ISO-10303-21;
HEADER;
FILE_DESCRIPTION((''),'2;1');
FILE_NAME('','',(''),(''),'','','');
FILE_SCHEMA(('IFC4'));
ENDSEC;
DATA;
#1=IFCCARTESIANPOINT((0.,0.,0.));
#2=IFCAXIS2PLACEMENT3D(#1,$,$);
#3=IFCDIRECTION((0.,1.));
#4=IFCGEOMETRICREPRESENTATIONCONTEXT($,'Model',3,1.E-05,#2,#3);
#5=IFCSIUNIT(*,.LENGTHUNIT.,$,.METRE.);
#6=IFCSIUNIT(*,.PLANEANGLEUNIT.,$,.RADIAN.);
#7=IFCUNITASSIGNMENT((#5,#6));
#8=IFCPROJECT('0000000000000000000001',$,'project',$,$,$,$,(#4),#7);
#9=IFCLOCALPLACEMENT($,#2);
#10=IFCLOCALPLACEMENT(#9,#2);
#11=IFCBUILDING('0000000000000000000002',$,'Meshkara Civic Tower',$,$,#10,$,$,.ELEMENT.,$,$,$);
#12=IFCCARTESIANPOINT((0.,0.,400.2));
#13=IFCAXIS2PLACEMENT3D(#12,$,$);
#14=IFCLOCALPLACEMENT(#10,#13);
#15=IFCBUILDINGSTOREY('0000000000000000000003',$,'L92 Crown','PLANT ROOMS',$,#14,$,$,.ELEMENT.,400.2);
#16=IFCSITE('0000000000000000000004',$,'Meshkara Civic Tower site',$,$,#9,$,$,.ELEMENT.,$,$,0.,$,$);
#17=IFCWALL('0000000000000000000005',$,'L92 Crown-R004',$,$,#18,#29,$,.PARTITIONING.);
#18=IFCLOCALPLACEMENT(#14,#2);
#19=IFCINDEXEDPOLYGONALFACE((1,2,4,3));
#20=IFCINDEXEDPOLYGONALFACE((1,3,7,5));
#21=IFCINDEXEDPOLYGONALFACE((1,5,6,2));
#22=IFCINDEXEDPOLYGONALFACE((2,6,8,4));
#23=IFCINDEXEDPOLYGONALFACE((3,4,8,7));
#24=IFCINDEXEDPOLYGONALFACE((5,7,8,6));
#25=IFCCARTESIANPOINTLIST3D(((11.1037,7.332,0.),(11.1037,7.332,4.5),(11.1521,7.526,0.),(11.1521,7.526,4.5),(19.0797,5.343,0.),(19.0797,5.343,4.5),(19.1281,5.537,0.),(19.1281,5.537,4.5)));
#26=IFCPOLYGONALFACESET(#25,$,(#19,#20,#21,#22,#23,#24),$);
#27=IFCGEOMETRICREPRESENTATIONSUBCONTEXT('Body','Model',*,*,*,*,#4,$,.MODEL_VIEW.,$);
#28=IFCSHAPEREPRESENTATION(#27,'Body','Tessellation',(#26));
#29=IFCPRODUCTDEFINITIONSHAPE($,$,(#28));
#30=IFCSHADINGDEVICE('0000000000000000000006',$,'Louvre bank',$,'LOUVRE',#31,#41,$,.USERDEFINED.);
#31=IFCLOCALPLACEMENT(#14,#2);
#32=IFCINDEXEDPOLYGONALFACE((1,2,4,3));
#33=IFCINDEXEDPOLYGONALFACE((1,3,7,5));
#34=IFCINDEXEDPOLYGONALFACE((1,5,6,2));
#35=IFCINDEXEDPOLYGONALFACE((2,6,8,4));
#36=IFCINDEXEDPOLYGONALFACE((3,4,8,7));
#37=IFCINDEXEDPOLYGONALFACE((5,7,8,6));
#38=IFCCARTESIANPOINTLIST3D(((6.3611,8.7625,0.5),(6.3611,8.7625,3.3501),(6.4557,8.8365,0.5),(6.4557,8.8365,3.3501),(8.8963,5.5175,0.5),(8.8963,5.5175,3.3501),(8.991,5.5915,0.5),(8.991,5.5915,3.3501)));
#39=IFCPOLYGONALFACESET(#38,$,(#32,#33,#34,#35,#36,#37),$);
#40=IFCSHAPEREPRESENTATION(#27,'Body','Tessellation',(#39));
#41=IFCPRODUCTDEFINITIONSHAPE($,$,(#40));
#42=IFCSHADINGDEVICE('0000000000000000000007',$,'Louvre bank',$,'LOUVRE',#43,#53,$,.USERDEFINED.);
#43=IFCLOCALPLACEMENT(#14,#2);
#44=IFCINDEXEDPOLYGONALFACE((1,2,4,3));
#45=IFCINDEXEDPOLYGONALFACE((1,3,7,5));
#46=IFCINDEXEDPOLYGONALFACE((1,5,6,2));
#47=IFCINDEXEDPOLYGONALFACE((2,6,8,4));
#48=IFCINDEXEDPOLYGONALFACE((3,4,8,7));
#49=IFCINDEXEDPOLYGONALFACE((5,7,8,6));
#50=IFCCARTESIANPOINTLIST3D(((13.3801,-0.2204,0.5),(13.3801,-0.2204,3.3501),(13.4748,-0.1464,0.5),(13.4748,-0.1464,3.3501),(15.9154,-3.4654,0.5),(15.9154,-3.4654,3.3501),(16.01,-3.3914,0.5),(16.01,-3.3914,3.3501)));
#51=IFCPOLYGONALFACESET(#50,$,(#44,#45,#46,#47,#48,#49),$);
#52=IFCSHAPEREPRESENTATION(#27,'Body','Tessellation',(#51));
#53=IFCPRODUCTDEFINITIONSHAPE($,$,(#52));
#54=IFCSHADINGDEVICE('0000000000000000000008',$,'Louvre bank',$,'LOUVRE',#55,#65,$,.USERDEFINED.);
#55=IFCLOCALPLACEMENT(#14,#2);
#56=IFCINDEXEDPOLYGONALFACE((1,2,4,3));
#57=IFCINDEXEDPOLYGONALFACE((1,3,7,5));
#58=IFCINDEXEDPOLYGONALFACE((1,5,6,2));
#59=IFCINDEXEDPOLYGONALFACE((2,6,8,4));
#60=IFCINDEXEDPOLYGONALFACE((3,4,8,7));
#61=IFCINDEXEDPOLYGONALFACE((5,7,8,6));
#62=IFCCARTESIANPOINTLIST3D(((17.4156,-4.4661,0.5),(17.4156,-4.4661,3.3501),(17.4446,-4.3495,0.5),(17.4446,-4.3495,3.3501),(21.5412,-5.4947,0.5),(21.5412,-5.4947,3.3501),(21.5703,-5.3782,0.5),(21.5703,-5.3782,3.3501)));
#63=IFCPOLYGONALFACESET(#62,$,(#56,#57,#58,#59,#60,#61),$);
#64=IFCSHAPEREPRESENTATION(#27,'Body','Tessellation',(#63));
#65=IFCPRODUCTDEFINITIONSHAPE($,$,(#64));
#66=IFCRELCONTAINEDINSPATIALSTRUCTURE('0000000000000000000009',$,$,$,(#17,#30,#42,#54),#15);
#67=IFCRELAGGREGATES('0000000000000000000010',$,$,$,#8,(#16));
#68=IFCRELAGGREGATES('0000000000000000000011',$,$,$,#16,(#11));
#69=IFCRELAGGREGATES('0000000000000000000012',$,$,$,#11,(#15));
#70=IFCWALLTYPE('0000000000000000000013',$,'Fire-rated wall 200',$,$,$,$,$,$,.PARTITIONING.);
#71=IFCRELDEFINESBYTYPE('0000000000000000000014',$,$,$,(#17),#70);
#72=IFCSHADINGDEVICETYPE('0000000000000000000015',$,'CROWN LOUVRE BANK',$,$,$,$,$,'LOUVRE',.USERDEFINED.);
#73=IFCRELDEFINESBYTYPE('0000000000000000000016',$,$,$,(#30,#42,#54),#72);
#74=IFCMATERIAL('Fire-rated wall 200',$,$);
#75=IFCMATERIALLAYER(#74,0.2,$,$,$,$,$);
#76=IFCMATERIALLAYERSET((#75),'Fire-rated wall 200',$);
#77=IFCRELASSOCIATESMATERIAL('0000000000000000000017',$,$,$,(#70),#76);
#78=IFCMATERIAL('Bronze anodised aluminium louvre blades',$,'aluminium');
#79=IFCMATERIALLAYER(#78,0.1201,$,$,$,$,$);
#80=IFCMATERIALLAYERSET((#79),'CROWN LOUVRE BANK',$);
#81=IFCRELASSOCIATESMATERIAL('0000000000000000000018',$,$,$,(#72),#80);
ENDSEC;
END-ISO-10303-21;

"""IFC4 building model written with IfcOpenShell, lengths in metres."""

from ifc_helpers import new_model, si_unit, direction, frame, frame_2d, origin, origin_2d, place, context, subcontext, project, spatial, rectangle, extrude, material, layer, layer_set, type_object, element, save


model = new_model("IFC4")

# Units and contexts
model_context = context("Model", 3, precision=1e-05, world=origin(), true_north=direction((0.0, 1.0)))
body_context = subcontext(model_context, "Body", "Model", "MODEL_VIEW")
ifc_project = project(units=[si_unit("LENGTHUNIT", "METRE"), si_unit("PLANEANGLEUNIT", "RADIAN")], contexts=[model_context])

# Site, building, storey
site_placement = place(None, origin())
site = spatial("IfcSite", under=ifc_project, at=site_placement, Name="Meshkara Civic Tower site", CompositionType="ELEMENT", RefElevation=0.0)
building_placement = place(site_placement, origin())
building = spatial("IfcBuilding", under=site, at=building_placement, Name="Meshkara Civic Tower", CompositionType="ELEMENT")
storey_placement = place(building_placement, frame((0.0, 0.0, 400.2)))
storey = spatial("IfcBuildingStorey", under=building, at=storey_placement, Name="L92 Crown", Description="PLANT ROOMS", CompositionType="ELEMENT", Elevation=400.2)

# Wall
ifc_material_1 = material(Name="Fire-rated wall 200")
ifc_layer_1 = layer(ifc_material_1, 0.2)
ifc_layer_set_1 = layer_set([ifc_layer_1], Name="Fire-rated wall 200")
wall_type_1 = type_object("IfcWallType", Name="Fire-rated wall 200", PredefinedType="PARTITIONING", material=ifc_layer_set_1)
wall_1_placement = place(storey_placement, frame((11.1279, 7.429, 0.0), z_axis=(0.0, 0.0, 1.0), x_axis=(0.970286, -0.241963, 0.0)))
element("IfcWall", 1, at=wall_1_placement, inside=storey, type_object=wall_type_1, Name="L92 Crown-R004", PredefinedType="PARTITIONING", context=body_context, shape_type="SweptSolid", body=[
    extrude(rectangle(XDim=8.2202, YDim=0.2, at=frame_2d((4.1101, 0.0))), origin(), (0.0, 0.0, 1.0), 4.5),
])

# Shading devices
ifc_material_2 = material(Name="Bronze anodised aluminium louvre blades", Category="aluminium")
ifc_layer_2 = layer(ifc_material_2, 0.1201)
ifc_layer_set_2 = layer_set([ifc_layer_2], Name="CROWN LOUVRE BANK")
shading_device_type = type_object("IfcShadingDeviceType", Name="CROWN LOUVRE BANK", ElementType="LOUVRE", PredefinedType="USERDEFINED", material=ifc_layer_set_2)
for number, where, z_axis, x_axis, name in (
    (2, (7.676, 7.177, 0.5), (0.0, 0.0, 1.0), (0.615661, -0.788011, 0.0), "Louvre bank"),
    (3, (14.6951, -1.8059, 0.5), (0.0, 0.0, 1.0), (0.615661, -0.788011, 0.0), "Louvre bank"),
):
    element("IfcShadingDevice", number, at=place(storey_placement, frame(where, z_axis=z_axis, x_axis=x_axis)), inside=storey, type_object=shading_device_type, Name=name, ObjectType="LOUVRE", PredefinedType="USERDEFINED", context=body_context, shape_type="SweptSolid", body=[
        extrude(rectangle(XDim=4.1179, YDim=0.1201, at=origin_2d()), origin(), (0.0, 0.0, 1.0), 2.8501),
    ])
shading_device_placement = place(storey_placement, frame((19.4929, -4.9221, 0.5), z_axis=(0.0, 0.0, 1.0), x_axis=(0.970296, -0.241922, 0.0)))
element("IfcShadingDevice", 4, at=shading_device_placement, inside=storey, type_object=shading_device_type, Name="Louvre bank", ObjectType="LOUVRE", PredefinedType="USERDEFINED", context=body_context, shape_type="SweptSolid", body=[
    extrude(rectangle(XDim=4.252, YDim=0.1201, at=origin_2d()), origin(), (0.0, 0.0, 1.0), 2.8501),
])

save(model, "model.ifc")
